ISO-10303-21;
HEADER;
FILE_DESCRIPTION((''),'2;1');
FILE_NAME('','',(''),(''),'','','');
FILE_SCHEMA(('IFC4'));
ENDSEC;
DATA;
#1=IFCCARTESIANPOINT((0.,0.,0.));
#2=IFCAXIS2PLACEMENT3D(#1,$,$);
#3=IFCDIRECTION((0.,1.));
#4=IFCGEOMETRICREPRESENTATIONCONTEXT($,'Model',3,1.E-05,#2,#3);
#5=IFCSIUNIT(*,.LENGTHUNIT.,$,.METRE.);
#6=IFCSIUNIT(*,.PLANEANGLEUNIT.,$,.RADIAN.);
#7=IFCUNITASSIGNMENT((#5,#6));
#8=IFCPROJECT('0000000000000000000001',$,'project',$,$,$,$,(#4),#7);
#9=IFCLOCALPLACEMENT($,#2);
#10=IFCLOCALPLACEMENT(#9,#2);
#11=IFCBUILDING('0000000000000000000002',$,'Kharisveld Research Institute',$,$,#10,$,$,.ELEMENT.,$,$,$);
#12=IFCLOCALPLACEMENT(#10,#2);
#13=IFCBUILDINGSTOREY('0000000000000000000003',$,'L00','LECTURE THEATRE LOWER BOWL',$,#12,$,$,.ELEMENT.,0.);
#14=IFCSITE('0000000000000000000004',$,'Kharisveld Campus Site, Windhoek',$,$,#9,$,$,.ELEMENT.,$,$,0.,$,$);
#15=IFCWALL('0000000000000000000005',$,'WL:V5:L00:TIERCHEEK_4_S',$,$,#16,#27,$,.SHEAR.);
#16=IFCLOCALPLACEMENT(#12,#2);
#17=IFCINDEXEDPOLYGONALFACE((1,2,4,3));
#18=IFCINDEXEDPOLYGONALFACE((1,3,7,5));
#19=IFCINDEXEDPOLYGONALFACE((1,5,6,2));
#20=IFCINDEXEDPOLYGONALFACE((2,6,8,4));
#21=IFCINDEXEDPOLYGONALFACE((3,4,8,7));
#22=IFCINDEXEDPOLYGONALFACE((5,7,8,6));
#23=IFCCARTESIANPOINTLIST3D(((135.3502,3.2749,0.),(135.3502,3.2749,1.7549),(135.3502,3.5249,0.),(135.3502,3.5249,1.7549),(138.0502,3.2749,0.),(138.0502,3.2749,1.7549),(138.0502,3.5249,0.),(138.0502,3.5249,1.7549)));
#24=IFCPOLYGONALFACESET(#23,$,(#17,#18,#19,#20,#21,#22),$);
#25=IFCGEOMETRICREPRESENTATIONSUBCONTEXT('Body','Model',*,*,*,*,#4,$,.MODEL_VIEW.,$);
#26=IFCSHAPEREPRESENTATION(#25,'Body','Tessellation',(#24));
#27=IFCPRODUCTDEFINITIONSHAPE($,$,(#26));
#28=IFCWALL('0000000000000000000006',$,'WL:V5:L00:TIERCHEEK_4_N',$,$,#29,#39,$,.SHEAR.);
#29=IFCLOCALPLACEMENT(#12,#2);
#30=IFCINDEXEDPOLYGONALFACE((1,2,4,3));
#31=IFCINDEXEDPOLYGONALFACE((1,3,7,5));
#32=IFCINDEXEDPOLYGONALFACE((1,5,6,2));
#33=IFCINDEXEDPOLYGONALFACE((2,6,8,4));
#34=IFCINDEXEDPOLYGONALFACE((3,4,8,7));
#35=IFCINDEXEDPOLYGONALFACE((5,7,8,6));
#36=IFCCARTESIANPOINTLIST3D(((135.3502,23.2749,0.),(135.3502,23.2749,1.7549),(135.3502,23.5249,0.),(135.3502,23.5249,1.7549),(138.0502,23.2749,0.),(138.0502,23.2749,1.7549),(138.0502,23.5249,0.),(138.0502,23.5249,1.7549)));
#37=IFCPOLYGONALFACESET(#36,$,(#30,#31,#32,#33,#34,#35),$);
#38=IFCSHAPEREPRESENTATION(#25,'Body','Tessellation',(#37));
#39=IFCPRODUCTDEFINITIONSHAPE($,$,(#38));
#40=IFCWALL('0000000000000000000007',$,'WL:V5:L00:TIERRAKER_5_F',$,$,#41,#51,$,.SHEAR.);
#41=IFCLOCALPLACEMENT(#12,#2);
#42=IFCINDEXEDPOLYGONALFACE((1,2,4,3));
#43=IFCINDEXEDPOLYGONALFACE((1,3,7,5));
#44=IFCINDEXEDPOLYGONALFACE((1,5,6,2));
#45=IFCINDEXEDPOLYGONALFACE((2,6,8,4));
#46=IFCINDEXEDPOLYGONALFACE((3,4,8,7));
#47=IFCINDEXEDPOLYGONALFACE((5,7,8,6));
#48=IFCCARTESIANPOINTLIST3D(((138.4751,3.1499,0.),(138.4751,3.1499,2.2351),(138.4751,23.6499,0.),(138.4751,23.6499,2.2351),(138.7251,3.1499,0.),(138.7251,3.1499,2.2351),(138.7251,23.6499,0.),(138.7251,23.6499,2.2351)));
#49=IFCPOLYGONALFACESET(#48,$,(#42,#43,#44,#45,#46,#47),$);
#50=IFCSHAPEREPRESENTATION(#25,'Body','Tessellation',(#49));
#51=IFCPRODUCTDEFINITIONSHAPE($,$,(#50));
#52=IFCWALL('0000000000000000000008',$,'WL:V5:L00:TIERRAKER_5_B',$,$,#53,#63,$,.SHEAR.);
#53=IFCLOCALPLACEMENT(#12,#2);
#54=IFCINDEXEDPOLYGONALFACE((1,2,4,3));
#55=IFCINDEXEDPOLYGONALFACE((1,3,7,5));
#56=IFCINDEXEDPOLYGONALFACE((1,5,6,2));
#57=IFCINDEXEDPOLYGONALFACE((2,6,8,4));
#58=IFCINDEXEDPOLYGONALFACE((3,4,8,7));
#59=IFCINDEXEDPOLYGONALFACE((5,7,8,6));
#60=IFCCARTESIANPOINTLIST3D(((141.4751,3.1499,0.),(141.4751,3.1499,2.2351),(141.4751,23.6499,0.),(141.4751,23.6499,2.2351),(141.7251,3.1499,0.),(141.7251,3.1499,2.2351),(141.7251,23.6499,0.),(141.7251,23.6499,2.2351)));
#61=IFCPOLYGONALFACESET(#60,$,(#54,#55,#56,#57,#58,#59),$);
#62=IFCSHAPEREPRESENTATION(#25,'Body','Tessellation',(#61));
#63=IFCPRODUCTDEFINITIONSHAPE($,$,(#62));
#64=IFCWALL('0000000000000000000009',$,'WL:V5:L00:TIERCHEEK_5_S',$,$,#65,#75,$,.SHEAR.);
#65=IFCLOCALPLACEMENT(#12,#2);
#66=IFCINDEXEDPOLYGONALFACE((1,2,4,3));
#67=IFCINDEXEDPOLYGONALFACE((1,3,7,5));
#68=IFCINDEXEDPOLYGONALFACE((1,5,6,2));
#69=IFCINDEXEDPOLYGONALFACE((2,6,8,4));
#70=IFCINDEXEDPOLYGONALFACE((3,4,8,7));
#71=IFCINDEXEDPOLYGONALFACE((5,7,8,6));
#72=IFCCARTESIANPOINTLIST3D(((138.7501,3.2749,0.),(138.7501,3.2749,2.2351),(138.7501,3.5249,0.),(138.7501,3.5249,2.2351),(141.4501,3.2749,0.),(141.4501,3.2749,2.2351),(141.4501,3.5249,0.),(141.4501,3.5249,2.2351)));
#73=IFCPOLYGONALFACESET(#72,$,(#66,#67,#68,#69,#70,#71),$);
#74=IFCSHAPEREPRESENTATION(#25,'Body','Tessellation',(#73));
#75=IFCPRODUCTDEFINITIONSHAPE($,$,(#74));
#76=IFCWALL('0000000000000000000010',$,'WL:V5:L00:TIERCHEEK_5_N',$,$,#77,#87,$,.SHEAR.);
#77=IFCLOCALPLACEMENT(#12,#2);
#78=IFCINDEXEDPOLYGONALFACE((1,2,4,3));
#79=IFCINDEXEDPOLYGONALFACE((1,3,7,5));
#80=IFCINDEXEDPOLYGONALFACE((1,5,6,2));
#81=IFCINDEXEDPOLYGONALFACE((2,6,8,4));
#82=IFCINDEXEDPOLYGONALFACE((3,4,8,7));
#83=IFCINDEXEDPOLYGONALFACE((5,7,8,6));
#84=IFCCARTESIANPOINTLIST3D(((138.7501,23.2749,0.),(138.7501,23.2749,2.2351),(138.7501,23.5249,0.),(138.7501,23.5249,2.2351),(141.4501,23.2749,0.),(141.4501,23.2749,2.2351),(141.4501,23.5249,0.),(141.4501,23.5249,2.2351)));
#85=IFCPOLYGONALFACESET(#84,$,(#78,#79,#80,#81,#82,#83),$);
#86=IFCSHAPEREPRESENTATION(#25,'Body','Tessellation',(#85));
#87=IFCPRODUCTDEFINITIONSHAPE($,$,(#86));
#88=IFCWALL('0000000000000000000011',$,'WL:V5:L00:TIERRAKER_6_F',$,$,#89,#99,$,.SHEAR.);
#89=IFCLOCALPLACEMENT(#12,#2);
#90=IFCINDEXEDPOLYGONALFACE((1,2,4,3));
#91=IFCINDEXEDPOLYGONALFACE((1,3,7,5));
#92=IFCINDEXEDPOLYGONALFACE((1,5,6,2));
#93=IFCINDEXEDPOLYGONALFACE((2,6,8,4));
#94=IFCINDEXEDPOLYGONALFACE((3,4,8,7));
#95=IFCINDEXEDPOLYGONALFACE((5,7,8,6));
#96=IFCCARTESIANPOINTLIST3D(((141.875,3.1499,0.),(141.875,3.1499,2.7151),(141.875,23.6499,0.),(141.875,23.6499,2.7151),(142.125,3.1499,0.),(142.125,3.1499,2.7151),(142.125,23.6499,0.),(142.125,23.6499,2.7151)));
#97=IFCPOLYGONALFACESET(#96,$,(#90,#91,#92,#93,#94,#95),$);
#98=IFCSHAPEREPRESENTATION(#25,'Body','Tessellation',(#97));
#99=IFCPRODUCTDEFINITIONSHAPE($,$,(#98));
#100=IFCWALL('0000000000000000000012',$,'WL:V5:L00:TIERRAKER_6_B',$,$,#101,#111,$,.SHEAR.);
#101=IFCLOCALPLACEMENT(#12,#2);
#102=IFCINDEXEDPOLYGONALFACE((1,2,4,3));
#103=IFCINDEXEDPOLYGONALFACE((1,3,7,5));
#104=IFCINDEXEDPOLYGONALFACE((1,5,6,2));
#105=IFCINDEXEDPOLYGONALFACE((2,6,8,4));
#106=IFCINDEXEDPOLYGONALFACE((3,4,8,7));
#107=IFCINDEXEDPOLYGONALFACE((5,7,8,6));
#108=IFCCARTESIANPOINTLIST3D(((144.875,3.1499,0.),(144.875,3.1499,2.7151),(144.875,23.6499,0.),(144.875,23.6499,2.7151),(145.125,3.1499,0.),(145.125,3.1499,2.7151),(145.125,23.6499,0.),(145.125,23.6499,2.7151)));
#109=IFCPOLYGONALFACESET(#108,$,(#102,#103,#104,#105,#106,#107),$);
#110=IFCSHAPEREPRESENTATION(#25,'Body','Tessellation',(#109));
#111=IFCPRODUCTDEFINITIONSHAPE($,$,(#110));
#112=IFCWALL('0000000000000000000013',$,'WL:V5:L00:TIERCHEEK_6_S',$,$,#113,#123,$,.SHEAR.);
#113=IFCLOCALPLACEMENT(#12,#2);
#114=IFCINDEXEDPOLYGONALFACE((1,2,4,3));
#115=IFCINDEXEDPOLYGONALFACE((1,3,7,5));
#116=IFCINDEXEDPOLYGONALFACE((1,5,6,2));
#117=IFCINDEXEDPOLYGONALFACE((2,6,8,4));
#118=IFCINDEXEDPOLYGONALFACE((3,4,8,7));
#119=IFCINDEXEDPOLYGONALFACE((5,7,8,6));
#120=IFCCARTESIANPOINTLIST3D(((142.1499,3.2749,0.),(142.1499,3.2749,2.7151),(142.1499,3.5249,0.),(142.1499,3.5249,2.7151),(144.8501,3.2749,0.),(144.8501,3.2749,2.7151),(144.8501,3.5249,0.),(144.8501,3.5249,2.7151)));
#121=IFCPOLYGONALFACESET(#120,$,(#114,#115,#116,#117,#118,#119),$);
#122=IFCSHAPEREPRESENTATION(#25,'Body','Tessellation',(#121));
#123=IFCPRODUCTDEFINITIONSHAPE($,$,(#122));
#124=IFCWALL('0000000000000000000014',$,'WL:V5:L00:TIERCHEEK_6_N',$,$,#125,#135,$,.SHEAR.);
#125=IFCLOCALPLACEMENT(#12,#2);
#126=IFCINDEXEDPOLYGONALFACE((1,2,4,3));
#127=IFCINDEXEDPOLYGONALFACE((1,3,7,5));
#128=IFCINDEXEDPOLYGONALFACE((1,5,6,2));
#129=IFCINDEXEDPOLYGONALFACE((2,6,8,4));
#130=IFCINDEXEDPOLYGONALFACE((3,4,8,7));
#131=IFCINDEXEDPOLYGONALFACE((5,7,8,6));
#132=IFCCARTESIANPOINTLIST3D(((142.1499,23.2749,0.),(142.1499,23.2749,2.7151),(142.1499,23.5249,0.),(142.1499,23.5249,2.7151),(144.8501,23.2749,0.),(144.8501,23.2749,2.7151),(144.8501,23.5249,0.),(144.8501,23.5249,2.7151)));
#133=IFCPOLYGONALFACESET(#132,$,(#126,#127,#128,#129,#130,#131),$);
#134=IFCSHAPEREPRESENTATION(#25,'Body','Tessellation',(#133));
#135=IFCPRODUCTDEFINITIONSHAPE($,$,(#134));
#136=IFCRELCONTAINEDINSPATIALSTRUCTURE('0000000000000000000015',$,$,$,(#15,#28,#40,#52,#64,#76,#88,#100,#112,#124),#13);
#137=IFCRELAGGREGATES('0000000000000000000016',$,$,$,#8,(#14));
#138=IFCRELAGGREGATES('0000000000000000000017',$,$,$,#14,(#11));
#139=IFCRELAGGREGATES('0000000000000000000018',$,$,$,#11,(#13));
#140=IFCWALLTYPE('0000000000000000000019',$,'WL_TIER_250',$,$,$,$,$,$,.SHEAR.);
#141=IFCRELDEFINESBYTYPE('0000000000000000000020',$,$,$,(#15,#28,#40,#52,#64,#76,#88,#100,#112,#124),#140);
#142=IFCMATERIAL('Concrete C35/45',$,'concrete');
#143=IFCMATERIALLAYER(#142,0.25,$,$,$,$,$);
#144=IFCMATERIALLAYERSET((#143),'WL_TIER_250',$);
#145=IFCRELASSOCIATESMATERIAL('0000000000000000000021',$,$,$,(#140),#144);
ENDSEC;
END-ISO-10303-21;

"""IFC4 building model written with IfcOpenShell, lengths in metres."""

from ifc_helpers import new_model, si_unit, direction, frame, frame_2d, origin, place, context, subcontext, project, spatial, rectangle, extrude, material, layer, layer_set, type_object, element, save


model = new_model("IFC4")

# Units and contexts
model_context = context("Model", 3, precision=1e-05, world=origin(), true_north=direction((0.0, 1.0)))
body_context = subcontext(model_context, "Body", "Model", "MODEL_VIEW")
ifc_project = project(units=[si_unit("LENGTHUNIT", "METRE"), si_unit("PLANEANGLEUNIT", "RADIAN")], contexts=[model_context])

# Site, building, storey
site_placement = place(None, origin())
site = spatial("IfcSite", under=ifc_project, at=site_placement, Name="Kharisveld Campus Site, Windhoek", CompositionType="ELEMENT", RefElevation=0.0)
building_placement = place(site_placement, origin())
building = spatial("IfcBuilding", under=site, at=building_placement, Name="Kharisveld Research Institute", CompositionType="ELEMENT")
storey_placement = place(building_placement, origin())
storey = spatial("IfcBuildingStorey", under=building, at=storey_placement, Name="L00", Description="LECTURE THEATRE LOWER BOWL", CompositionType="ELEMENT", Elevation=0.0)

# Walls
ifc_material_1 = material(Name="Concrete C35/45", Category="concrete")
ifc_layer_1 = layer(ifc_material_1, 0.25)
ifc_layer_set_1 = layer_set([ifc_layer_1], Name="WL_TIER_250")
wall_type_1 = type_object("IfcWallType", Name="WL_TIER_250", PredefinedType="SHEAR", material=ifc_layer_set_1)
for number, where, z_axis, x_axis, name in (
    (1, (135.3501, 3.3999, 0.0), (0.0, 0.0, 1.0), (1.0, 0.0, 0.0), "WL:V5:L00:TIERCHEEK_4_S"),
    (2, (135.3501, 23.3999, 0.0), (0.0, 0.0, 1.0), (1.0, 0.0, 0.0), "WL:V5:L00:TIERCHEEK_4_N"),
):
    element("IfcWall", number, at=place(storey_placement, frame(where, z_axis=z_axis, x_axis=x_axis)), inside=storey, type_object=wall_type_1, Name=name, PredefinedType="SHEAR", context=body_context, shape_type="SweptSolid", body=[
        extrude(rectangle(XDim=2.7, YDim=0.25, at=frame_2d((1.3501, 0.0))), origin(), (0.0, 0.0, 1.0), 1.7549),
    ])
for number, where, z_axis, x_axis, name in (
    (3, (138.6001, 3.1499, 0.0), (0.0, 0.0, 1.0), (0.0, 1.0, 0.0), "WL:V5:L00:TIERRAKER_5_F"),
    (4, (141.6001, 3.1499, 0.0), (0.0, 0.0, 1.0), (0.0, 1.0, 0.0), "WL:V5:L00:TIERRAKER_5_B"),
):
    element("IfcWall", number, at=place(storey_placement, frame(where, z_axis=z_axis, x_axis=x_axis)), inside=storey, type_object=wall_type_1, Name=name, PredefinedType="SHEAR", context=body_context, shape_type="SweptSolid", body=[
        extrude(rectangle(XDim=20.5, YDim=0.25, at=frame_2d((10.25, 0.0))), origin(), (0.0, 0.0, 1.0), 2.2351),
    ])
for number, where, z_axis, x_axis, name in (
    (5, (138.75, 3.3999, 0.0), (0.0, 0.0, 1.0), (1.0, 0.0, 0.0), "WL:V5:L00:TIERCHEEK_5_S"),
    (6, (138.75, 23.3999, 0.0), (0.0, 0.0, 1.0), (1.0, 0.0, 0.0), "WL:V5:L00:TIERCHEEK_5_N"),
):
    element("IfcWall", number, at=place(storey_placement, frame(where, z_axis=z_axis, x_axis=x_axis)), inside=storey, type_object=wall_type_1, Name=name, PredefinedType="SHEAR", context=body_context, shape_type="SweptSolid", body=[
        extrude(rectangle(XDim=2.7, YDim=0.25, at=frame_2d((1.3501, 0.0))), origin(), (0.0, 0.0, 1.0), 2.2351),
    ])
for number, where, z_axis, x_axis, name in (
    (7, (142.0, 3.1499, 0.0), (0.0, 0.0, 1.0), (0.0, 1.0, 0.0), "WL:V5:L00:TIERRAKER_6_F"),
    (8, (145.0, 3.1499, 0.0), (0.0, 0.0, 1.0), (0.0, 1.0, 0.0), "WL:V5:L00:TIERRAKER_6_B"),
):
    element("IfcWall", number, at=place(storey_placement, frame(where, z_axis=z_axis, x_axis=x_axis)), inside=storey, type_object=wall_type_1, Name=name, PredefinedType="SHEAR", context=body_context, shape_type="SweptSolid", body=[
        extrude(rectangle(XDim=20.5, YDim=0.25, at=frame_2d((10.25, 0.0))), origin(), (0.0, 0.0, 1.0), 2.7151),
    ])
for number, where, z_axis, x_axis, name in (
    (9, (142.1499, 3.3999, 0.0), (0.0, 0.0, 1.0), (1.0, 0.0, 0.0), "WL:V5:L00:TIERCHEEK_6_S"),
    (10, (142.1499, 23.3999, 0.0), (0.0, 0.0, 1.0), (1.0, 0.0, 0.0), "WL:V5:L00:TIERCHEEK_6_N"),
):
    element("IfcWall", number, at=place(storey_placement, frame(where, z_axis=z_axis, x_axis=x_axis)), inside=storey, type_object=wall_type_1, Name=name, PredefinedType="SHEAR", context=body_context, shape_type="SweptSolid", body=[
        extrude(rectangle(XDim=2.7002, YDim=0.25, at=frame_2d((1.3501, 0.0))), origin(), (0.0, 0.0, 1.0), 2.7151),
    ])

save(model, "model.ifc")
